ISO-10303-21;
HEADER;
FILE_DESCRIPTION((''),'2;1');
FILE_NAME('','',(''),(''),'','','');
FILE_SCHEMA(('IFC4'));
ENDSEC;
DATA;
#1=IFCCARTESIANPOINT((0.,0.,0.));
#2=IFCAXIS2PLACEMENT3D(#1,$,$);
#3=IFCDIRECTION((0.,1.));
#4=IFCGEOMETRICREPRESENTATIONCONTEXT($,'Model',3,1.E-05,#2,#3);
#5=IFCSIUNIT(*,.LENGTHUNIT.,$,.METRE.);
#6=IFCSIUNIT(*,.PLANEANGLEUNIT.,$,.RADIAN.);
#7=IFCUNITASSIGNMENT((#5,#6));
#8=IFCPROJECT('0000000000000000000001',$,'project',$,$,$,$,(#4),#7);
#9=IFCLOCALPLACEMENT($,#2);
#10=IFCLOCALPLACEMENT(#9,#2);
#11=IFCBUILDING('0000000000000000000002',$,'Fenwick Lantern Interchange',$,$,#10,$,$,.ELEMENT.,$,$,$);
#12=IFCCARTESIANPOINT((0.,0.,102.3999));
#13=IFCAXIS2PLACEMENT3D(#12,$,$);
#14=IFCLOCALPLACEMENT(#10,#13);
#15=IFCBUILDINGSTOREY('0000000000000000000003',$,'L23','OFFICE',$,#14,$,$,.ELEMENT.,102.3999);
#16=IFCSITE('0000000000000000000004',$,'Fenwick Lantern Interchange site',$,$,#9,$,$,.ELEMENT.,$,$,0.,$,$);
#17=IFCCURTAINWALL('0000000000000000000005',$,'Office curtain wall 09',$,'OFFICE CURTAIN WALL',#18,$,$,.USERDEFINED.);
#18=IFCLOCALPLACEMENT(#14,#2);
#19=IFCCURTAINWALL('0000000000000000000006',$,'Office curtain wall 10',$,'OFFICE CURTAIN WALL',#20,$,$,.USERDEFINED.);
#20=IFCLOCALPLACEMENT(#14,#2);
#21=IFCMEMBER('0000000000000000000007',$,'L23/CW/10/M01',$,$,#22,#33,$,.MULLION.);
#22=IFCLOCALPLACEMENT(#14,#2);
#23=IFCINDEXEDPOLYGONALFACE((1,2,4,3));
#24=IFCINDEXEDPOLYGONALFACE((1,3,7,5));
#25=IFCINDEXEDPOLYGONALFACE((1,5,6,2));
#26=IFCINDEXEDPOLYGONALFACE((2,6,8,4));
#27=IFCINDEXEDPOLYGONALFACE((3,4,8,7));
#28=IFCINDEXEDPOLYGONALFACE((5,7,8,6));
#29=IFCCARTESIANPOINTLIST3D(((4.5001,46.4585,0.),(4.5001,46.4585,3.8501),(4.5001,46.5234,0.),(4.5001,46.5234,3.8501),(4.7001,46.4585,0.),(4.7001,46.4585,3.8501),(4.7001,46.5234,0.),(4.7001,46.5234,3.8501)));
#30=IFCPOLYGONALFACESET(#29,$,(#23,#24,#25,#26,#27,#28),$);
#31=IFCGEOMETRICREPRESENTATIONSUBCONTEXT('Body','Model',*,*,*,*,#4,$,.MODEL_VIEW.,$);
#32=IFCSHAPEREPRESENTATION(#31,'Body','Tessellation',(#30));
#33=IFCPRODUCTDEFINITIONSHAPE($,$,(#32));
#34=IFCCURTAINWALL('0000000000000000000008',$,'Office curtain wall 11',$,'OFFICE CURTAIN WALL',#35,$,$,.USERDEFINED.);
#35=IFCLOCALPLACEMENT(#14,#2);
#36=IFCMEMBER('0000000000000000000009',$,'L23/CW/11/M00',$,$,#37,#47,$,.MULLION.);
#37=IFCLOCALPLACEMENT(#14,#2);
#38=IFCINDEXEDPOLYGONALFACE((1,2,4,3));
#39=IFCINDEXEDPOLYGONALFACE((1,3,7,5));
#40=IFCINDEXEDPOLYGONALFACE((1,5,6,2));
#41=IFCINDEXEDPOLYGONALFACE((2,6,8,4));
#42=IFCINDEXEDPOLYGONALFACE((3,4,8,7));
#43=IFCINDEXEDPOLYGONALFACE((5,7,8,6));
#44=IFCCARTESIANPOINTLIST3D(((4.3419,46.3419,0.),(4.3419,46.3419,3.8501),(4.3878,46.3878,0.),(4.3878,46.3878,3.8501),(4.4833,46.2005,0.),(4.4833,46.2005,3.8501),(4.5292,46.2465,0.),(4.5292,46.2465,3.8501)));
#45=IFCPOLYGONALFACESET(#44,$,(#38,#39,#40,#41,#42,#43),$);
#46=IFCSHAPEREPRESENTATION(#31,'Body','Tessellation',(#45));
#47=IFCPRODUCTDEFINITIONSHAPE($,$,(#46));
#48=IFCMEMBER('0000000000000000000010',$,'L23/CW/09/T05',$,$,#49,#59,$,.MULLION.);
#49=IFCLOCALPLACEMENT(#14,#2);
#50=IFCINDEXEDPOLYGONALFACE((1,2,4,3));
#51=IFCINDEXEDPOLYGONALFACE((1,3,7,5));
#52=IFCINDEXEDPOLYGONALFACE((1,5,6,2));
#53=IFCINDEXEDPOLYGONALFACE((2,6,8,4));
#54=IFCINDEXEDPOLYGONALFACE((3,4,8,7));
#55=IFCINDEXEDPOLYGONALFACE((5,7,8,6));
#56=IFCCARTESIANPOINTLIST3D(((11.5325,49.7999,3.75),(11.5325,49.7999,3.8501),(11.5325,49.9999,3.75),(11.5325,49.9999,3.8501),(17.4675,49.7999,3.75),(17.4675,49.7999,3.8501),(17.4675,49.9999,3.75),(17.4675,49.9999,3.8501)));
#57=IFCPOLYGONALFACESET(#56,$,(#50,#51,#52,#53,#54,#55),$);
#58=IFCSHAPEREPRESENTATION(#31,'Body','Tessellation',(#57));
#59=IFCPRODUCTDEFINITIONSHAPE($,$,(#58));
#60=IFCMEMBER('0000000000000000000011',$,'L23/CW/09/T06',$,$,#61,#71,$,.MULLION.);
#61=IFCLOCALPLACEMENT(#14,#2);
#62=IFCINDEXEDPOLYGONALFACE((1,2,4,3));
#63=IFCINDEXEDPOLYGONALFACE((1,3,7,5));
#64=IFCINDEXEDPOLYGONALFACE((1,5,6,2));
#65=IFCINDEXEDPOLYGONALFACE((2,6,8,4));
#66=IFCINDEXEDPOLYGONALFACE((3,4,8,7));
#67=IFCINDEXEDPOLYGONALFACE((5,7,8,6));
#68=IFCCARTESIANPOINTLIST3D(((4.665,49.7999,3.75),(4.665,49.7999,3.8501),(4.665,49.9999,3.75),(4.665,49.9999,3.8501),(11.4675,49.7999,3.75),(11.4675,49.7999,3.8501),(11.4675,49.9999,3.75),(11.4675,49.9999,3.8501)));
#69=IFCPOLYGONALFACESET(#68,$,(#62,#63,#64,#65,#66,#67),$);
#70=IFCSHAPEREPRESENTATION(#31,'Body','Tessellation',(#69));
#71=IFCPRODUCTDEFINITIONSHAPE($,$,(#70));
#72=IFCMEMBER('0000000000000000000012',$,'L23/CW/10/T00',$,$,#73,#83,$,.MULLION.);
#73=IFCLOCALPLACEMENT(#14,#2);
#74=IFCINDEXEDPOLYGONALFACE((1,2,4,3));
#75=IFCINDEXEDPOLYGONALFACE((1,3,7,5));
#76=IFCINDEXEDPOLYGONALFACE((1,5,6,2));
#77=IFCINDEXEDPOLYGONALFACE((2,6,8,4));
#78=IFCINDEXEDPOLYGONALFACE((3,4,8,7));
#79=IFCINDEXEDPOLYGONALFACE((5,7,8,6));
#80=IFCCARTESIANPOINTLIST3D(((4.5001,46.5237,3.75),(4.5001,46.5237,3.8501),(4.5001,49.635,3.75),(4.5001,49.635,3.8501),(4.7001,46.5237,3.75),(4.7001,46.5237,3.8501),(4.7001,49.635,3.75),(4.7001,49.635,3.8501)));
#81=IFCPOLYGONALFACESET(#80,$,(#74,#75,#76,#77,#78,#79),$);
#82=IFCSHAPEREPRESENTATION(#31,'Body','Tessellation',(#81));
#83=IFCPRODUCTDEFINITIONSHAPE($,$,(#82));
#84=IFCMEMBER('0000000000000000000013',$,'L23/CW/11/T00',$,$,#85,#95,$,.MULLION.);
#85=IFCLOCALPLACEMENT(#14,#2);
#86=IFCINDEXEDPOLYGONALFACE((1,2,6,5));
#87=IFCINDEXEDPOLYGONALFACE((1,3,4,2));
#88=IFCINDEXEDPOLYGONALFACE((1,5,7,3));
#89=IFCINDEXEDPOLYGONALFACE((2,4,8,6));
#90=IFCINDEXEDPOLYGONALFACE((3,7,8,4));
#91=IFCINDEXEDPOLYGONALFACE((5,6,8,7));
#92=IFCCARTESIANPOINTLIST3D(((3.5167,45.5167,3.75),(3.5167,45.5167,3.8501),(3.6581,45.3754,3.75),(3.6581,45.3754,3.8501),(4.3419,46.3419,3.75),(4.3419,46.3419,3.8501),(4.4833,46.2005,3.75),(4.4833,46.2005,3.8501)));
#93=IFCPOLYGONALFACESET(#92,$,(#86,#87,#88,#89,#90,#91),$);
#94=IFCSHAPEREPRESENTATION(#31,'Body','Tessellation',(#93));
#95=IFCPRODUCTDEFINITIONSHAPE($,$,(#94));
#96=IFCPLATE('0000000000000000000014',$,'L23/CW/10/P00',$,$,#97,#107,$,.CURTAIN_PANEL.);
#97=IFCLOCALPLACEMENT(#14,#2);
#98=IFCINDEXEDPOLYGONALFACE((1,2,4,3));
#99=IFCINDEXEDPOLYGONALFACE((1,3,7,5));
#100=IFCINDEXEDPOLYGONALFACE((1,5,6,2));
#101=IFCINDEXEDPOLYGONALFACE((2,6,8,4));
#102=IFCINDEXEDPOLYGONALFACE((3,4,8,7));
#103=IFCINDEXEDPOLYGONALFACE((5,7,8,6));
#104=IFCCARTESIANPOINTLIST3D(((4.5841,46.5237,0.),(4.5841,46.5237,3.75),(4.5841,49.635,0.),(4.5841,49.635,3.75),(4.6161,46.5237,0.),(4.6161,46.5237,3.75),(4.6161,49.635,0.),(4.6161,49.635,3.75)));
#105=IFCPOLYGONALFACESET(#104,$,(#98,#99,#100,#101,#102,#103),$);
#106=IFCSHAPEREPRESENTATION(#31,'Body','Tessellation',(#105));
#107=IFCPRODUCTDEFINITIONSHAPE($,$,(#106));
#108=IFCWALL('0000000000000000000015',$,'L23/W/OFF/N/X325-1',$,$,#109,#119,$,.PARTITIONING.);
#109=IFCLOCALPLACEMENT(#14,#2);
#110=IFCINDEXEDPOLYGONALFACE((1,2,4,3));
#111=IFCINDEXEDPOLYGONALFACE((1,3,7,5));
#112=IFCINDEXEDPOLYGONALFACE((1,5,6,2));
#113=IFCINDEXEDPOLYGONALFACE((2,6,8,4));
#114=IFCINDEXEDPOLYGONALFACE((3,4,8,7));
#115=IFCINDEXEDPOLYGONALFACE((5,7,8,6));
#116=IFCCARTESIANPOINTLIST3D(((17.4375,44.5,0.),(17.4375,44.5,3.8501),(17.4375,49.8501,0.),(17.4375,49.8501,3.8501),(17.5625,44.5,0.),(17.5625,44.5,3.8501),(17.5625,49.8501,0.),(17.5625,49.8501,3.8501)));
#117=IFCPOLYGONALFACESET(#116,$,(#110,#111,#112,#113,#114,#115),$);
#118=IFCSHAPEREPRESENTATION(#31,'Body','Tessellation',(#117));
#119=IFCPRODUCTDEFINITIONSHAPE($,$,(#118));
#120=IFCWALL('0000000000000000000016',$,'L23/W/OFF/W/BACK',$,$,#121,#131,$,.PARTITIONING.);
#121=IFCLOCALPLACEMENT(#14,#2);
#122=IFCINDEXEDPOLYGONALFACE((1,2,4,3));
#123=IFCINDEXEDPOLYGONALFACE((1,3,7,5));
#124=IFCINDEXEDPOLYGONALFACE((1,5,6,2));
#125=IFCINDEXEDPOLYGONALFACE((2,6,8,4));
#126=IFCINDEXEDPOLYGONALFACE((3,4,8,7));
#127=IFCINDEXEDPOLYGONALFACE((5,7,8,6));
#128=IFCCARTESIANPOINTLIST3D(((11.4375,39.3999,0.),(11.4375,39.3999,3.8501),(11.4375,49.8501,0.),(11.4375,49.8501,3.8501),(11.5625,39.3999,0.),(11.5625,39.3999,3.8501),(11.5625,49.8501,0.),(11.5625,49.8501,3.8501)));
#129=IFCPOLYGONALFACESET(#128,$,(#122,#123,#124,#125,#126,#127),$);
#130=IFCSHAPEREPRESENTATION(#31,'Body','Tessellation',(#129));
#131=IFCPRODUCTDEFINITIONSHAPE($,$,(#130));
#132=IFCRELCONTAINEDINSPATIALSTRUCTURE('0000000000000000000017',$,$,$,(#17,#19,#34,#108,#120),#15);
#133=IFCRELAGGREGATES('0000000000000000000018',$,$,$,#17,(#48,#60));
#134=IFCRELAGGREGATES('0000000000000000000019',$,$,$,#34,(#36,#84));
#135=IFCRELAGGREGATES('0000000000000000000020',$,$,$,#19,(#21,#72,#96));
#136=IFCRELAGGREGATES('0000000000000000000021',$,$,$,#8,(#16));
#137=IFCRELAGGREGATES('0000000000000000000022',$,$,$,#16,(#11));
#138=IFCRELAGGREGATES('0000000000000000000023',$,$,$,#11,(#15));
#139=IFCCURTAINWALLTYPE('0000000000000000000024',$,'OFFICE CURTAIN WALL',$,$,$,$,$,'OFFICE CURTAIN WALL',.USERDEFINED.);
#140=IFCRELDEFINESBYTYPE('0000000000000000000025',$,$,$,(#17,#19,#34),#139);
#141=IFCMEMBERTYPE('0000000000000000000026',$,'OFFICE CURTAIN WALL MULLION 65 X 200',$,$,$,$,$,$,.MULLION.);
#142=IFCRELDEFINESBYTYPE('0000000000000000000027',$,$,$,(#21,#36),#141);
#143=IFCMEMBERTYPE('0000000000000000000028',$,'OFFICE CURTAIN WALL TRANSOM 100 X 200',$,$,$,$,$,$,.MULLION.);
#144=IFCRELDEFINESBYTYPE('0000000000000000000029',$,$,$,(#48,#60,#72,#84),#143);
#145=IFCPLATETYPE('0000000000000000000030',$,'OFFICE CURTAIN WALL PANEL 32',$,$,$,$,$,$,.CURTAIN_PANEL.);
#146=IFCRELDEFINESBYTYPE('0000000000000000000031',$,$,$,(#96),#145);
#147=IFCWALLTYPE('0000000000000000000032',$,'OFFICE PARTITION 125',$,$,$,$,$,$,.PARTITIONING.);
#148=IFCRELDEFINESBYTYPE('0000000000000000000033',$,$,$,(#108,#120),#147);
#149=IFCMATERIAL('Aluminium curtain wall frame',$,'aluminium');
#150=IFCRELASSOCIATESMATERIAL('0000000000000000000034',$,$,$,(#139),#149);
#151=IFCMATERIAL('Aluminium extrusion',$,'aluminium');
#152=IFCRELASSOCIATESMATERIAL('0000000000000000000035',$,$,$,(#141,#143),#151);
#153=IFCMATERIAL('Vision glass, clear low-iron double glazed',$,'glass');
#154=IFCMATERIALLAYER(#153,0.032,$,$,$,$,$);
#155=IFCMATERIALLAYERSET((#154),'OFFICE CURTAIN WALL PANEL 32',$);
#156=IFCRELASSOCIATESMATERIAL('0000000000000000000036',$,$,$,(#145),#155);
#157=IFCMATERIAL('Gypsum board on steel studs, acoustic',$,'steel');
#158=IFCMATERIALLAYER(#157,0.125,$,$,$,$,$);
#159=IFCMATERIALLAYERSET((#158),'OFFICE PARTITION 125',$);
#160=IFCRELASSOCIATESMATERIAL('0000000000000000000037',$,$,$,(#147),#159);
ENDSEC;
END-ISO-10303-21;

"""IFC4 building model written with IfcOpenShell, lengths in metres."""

from ifc_helpers import new_model, si_unit, direction, frame, frame_2d, origin, origin_2d, place, context, subcontext, project, spatial, rectangle, extrude, material, layer, layer_set, material_profile, profile_set, type_object, element, aggregate, save


model = new_model("IFC4")

# Units and contexts
model_context = context("Model", 3, precision=1e-05, world=origin(), true_north=direction((0.0, 1.0)))
body_context = subcontext(model_context, "Body", "Model", "MODEL_VIEW")
ifc_project = project(units=[si_unit("LENGTHUNIT", "METRE"), si_unit("PLANEANGLEUNIT", "RADIAN")], contexts=[model_context])

# Site, building, storey
site_placement = place(None, origin())
site = spatial("IfcSite", under=ifc_project, at=site_placement, Name="Fenwick Lantern Interchange site", CompositionType="ELEMENT", RefElevation=0.0)
building_placement = place(site_placement, origin())
building = spatial("IfcBuilding", under=site, at=building_placement, Name="Fenwick Lantern Interchange", CompositionType="ELEMENT")
storey_placement = place(building_placement, frame((0.0, 0.0, 102.3999)))
storey = spatial("IfcBuildingStorey", under=building, at=storey_placement, Name="L23", Description="OFFICE", CompositionType="ELEMENT", Elevation=102.3999)

# Curtain walls, member
ifc_material_1 = material(Name="Aluminium curtain wall frame", Category="aluminium")
curtain_wall_type = type_object("IfcCurtainWallType", Name="OFFICE CURTAIN WALL", ElementType="OFFICE CURTAIN WALL", PredefinedType="USERDEFINED", material=ifc_material_1)
curtain_wall_1_placement = place(storey_placement, origin())
curtain_wall_1 = element("IfcCurtainWall", 1, at=curtain_wall_1_placement, inside=storey, type_object=curtain_wall_type, Name="Office curtain wall 09", ObjectType="OFFICE CURTAIN WALL", PredefinedType="USERDEFINED")
ifc_material_2 = material(Name="Aluminium extrusion", Category="aluminium")
ifc_material_profile_1 = material_profile(ifc_material_2, rectangle(XDim=0.2, YDim=0.0649, at=origin_2d()), Name="OFFICE CURTAIN WALL MULLION 65 X 200")
ifc_profile_set_1 = profile_set([ifc_material_profile_1], Name="Aluminium extrusion")
member_type_1 = type_object("IfcMemberType", Name="OFFICE CURTAIN WALL MULLION 65 X 200", PredefinedType="MULLION", material=ifc_profile_set_1)
curtain_wall_2_placement = place(storey_placement, origin())
curtain_wall_2 = element("IfcCurtainWall", 2, at=curtain_wall_2_placement, inside=storey, type_object=curtain_wall_type, Name="Office curtain wall 10", ObjectType="OFFICE CURTAIN WALL", PredefinedType="USERDEFINED")
member_1_placement = place(storey_placement, frame((4.6001, 46.491, 0.0), z_axis=(0.0, 0.0, 1.0), x_axis=(1.0, 0.0, 0.0)))
member_1 = element("IfcMember", 3, at=member_1_placement, type_object=member_type_1, Name="L23/CW/10/M01", PredefinedType="MULLION", context=body_context, shape_type="SweptSolid", body=[
    extrude(rectangle(XDim=0.2, YDim=0.0649, at=origin_2d()), origin(), (0.0, 0.0, 1.0), 3.8501),
])

# Curtain wall, member
curtain_wall_3_placement = place(storey_placement, origin())
curtain_wall_3 = element("IfcCurtainWall", 4, at=curtain_wall_3_placement, inside=storey, type_object=curtain_wall_type, Name="Office curtain wall 11", ObjectType="OFFICE CURTAIN WALL", PredefinedType="USERDEFINED")
member_2_placement = place(storey_placement, frame((4.4355, 46.2942, 0.0), z_axis=(0.0, 0.0, 1.0), x_axis=(0.707107, -0.707107, 0.0)))
member_2 = element("IfcMember", 5, at=member_2_placement, type_object=member_type_1, Name="L23/CW/11/M00", PredefinedType="MULLION", context=body_context, shape_type="SweptSolid", body=[
    extrude(rectangle(XDim=0.2, YDim=0.0649, at=origin_2d()), origin(), (0.0, 0.0, 1.0), 3.8501),
])

# Members
ifc_material_profile_2 = material_profile(ifc_material_2, rectangle(XDim=0.2, YDim=0.1001, at=origin_2d()), Name="OFFICE CURTAIN WALL TRANSOM 100 X 200")
ifc_profile_set_2 = profile_set([ifc_material_profile_2], Name="Aluminium extrusion")
member_type_2 = type_object("IfcMemberType", Name="OFFICE CURTAIN WALL TRANSOM 100 X 200", PredefinedType="MULLION", material=ifc_profile_set_2)
member_3_placement = place(storey_placement, frame((17.4675, 49.8999, 3.8), z_axis=(-1.0, 0.0, 0.0), x_axis=(0.0, -1.0, 0.0)))
member_3 = element("IfcMember", 6, at=member_3_placement, type_object=member_type_2, Name="L23/CW/09/T05", PredefinedType="MULLION", context=body_context, shape_type="SweptSolid", body=[
    extrude(rectangle(XDim=0.2, YDim=0.1001, at=origin_2d()), origin(), (0.0, 0.0, 1.0), 5.9351),
])
member_4_placement = place(storey_placement, frame((11.4675, 49.8999, 3.8), z_axis=(-1.0, 0.0, 0.0), x_axis=(0.0, -1.0, 0.0)))
member_4 = element("IfcMember", 7, at=member_4_placement, type_object=member_type_2, Name="L23/CW/09/T06", PredefinedType="MULLION", context=body_context, shape_type="SweptSolid", body=[
    extrude(rectangle(XDim=0.2, YDim=0.1001, at=origin_2d()), origin(), (0.0, 0.0, 1.0), 6.8025),
])
aggregate(curtain_wall_1, [member_3, member_4])
member_5_placement = place(storey_placement, frame((4.6001, 49.635, 3.8), z_axis=(0.0, -1.0, 0.0), x_axis=(1.0, 0.0, 0.0)))
member_5 = element("IfcMember", 8, at=member_5_placement, type_object=member_type_2, Name="L23/CW/10/T00", PredefinedType="MULLION", context=body_context, shape_type="SweptSolid", body=[
    extrude(rectangle(XDim=0.2, YDim=0.1001, at=origin_2d()), origin(), (0.0, 0.0, 1.0), 3.1113),
])
member_6_placement = place(storey_placement, frame((4.4126, 46.2712, 3.8), z_axis=(-0.707107, -0.707107, 0.0), x_axis=(0.707107, -0.707107, 0.0)))
member_6 = element("IfcMember", 9, at=member_6_placement, type_object=member_type_2, Name="L23/CW/11/T00", PredefinedType="MULLION", context=body_context, shape_type="SweptSolid", body=[
    extrude(rectangle(XDim=0.2, YDim=0.1001, at=origin_2d()), origin(), (0.0, 0.0, 1.0), 1.167),
])
aggregate(curtain_wall_3, [member_2, member_6])

# Plate
ifc_material_3 = material(Name="Vision glass, clear low-iron double glazed", Category="glass")
ifc_layer_1 = layer(ifc_material_3, 0.032)
ifc_layer_set_1 = layer_set([ifc_layer_1], Name="OFFICE CURTAIN WALL PANEL 32")
plate_type = type_object("IfcPlateType", Name="OFFICE CURTAIN WALL PANEL 32", PredefinedType="CURTAIN_PANEL", material=ifc_layer_set_1)
plate_placement = place(storey_placement, frame((4.6001, 48.0793, 0.0), z_axis=(0.0, 0.0, 1.0), x_axis=(0.0, -1.0, 0.0)))
plate = element("IfcPlate", 10, at=plate_placement, type_object=plate_type, Name="L23/CW/10/P00", PredefinedType="CURTAIN_PANEL", context=body_context, shape_type="SweptSolid", body=[
    extrude(rectangle(XDim=3.1113, YDim=0.032, at=origin_2d()), origin(), (0.0, 0.0, 1.0), 3.75),
])
aggregate(curtain_wall_2, [member_1, member_5, plate])

# Walls
ifc_material_4 = material(Name="Gypsum board on steel studs, acoustic", Category="steel")
ifc_layer_2 = layer(ifc_material_4, 0.125)
ifc_layer_set_2 = layer_set([ifc_layer_2], Name="OFFICE PARTITION 125")
wall_type = type_object("IfcWallType", Name="OFFICE PARTITION 125", PredefinedType="PARTITIONING", material=ifc_layer_set_2)
wall_1_placement = place(storey_placement, frame((17.5, 49.8501, 0.0), z_axis=(0.0, 0.0, 1.0), x_axis=(0.0, -1.0, 0.0)))
element("IfcWall", 11, at=wall_1_placement, inside=storey, type_object=wall_type, Name="L23/W/OFF/N/X325-1", PredefinedType="PARTITIONING", context=body_context, shape_type="SweptSolid", body=[
    extrude(rectangle(XDim=5.3501, YDim=0.125, at=frame_2d((2.675, 0.0))), origin(), (0.0, 0.0, 1.0), 3.8501),
])
wall_2_placement = place(storey_placement, frame((11.5, 49.8501, 0.0), z_axis=(0.0, 0.0, 1.0), x_axis=(0.0, -1.0, 0.0)))
element("IfcWall", 12, at=wall_2_placement, inside=storey, type_object=wall_type, Name="L23/W/OFF/W/BACK", PredefinedType="PARTITIONING", context=body_context, shape_type="SweptSolid", body=[
    extrude(rectangle(XDim=10.4502, YDim=0.125, at=frame_2d((5.2251, 0.0))), origin(), (0.0, 0.0, 1.0), 3.8501),
])

save(model, "model.ifc")
